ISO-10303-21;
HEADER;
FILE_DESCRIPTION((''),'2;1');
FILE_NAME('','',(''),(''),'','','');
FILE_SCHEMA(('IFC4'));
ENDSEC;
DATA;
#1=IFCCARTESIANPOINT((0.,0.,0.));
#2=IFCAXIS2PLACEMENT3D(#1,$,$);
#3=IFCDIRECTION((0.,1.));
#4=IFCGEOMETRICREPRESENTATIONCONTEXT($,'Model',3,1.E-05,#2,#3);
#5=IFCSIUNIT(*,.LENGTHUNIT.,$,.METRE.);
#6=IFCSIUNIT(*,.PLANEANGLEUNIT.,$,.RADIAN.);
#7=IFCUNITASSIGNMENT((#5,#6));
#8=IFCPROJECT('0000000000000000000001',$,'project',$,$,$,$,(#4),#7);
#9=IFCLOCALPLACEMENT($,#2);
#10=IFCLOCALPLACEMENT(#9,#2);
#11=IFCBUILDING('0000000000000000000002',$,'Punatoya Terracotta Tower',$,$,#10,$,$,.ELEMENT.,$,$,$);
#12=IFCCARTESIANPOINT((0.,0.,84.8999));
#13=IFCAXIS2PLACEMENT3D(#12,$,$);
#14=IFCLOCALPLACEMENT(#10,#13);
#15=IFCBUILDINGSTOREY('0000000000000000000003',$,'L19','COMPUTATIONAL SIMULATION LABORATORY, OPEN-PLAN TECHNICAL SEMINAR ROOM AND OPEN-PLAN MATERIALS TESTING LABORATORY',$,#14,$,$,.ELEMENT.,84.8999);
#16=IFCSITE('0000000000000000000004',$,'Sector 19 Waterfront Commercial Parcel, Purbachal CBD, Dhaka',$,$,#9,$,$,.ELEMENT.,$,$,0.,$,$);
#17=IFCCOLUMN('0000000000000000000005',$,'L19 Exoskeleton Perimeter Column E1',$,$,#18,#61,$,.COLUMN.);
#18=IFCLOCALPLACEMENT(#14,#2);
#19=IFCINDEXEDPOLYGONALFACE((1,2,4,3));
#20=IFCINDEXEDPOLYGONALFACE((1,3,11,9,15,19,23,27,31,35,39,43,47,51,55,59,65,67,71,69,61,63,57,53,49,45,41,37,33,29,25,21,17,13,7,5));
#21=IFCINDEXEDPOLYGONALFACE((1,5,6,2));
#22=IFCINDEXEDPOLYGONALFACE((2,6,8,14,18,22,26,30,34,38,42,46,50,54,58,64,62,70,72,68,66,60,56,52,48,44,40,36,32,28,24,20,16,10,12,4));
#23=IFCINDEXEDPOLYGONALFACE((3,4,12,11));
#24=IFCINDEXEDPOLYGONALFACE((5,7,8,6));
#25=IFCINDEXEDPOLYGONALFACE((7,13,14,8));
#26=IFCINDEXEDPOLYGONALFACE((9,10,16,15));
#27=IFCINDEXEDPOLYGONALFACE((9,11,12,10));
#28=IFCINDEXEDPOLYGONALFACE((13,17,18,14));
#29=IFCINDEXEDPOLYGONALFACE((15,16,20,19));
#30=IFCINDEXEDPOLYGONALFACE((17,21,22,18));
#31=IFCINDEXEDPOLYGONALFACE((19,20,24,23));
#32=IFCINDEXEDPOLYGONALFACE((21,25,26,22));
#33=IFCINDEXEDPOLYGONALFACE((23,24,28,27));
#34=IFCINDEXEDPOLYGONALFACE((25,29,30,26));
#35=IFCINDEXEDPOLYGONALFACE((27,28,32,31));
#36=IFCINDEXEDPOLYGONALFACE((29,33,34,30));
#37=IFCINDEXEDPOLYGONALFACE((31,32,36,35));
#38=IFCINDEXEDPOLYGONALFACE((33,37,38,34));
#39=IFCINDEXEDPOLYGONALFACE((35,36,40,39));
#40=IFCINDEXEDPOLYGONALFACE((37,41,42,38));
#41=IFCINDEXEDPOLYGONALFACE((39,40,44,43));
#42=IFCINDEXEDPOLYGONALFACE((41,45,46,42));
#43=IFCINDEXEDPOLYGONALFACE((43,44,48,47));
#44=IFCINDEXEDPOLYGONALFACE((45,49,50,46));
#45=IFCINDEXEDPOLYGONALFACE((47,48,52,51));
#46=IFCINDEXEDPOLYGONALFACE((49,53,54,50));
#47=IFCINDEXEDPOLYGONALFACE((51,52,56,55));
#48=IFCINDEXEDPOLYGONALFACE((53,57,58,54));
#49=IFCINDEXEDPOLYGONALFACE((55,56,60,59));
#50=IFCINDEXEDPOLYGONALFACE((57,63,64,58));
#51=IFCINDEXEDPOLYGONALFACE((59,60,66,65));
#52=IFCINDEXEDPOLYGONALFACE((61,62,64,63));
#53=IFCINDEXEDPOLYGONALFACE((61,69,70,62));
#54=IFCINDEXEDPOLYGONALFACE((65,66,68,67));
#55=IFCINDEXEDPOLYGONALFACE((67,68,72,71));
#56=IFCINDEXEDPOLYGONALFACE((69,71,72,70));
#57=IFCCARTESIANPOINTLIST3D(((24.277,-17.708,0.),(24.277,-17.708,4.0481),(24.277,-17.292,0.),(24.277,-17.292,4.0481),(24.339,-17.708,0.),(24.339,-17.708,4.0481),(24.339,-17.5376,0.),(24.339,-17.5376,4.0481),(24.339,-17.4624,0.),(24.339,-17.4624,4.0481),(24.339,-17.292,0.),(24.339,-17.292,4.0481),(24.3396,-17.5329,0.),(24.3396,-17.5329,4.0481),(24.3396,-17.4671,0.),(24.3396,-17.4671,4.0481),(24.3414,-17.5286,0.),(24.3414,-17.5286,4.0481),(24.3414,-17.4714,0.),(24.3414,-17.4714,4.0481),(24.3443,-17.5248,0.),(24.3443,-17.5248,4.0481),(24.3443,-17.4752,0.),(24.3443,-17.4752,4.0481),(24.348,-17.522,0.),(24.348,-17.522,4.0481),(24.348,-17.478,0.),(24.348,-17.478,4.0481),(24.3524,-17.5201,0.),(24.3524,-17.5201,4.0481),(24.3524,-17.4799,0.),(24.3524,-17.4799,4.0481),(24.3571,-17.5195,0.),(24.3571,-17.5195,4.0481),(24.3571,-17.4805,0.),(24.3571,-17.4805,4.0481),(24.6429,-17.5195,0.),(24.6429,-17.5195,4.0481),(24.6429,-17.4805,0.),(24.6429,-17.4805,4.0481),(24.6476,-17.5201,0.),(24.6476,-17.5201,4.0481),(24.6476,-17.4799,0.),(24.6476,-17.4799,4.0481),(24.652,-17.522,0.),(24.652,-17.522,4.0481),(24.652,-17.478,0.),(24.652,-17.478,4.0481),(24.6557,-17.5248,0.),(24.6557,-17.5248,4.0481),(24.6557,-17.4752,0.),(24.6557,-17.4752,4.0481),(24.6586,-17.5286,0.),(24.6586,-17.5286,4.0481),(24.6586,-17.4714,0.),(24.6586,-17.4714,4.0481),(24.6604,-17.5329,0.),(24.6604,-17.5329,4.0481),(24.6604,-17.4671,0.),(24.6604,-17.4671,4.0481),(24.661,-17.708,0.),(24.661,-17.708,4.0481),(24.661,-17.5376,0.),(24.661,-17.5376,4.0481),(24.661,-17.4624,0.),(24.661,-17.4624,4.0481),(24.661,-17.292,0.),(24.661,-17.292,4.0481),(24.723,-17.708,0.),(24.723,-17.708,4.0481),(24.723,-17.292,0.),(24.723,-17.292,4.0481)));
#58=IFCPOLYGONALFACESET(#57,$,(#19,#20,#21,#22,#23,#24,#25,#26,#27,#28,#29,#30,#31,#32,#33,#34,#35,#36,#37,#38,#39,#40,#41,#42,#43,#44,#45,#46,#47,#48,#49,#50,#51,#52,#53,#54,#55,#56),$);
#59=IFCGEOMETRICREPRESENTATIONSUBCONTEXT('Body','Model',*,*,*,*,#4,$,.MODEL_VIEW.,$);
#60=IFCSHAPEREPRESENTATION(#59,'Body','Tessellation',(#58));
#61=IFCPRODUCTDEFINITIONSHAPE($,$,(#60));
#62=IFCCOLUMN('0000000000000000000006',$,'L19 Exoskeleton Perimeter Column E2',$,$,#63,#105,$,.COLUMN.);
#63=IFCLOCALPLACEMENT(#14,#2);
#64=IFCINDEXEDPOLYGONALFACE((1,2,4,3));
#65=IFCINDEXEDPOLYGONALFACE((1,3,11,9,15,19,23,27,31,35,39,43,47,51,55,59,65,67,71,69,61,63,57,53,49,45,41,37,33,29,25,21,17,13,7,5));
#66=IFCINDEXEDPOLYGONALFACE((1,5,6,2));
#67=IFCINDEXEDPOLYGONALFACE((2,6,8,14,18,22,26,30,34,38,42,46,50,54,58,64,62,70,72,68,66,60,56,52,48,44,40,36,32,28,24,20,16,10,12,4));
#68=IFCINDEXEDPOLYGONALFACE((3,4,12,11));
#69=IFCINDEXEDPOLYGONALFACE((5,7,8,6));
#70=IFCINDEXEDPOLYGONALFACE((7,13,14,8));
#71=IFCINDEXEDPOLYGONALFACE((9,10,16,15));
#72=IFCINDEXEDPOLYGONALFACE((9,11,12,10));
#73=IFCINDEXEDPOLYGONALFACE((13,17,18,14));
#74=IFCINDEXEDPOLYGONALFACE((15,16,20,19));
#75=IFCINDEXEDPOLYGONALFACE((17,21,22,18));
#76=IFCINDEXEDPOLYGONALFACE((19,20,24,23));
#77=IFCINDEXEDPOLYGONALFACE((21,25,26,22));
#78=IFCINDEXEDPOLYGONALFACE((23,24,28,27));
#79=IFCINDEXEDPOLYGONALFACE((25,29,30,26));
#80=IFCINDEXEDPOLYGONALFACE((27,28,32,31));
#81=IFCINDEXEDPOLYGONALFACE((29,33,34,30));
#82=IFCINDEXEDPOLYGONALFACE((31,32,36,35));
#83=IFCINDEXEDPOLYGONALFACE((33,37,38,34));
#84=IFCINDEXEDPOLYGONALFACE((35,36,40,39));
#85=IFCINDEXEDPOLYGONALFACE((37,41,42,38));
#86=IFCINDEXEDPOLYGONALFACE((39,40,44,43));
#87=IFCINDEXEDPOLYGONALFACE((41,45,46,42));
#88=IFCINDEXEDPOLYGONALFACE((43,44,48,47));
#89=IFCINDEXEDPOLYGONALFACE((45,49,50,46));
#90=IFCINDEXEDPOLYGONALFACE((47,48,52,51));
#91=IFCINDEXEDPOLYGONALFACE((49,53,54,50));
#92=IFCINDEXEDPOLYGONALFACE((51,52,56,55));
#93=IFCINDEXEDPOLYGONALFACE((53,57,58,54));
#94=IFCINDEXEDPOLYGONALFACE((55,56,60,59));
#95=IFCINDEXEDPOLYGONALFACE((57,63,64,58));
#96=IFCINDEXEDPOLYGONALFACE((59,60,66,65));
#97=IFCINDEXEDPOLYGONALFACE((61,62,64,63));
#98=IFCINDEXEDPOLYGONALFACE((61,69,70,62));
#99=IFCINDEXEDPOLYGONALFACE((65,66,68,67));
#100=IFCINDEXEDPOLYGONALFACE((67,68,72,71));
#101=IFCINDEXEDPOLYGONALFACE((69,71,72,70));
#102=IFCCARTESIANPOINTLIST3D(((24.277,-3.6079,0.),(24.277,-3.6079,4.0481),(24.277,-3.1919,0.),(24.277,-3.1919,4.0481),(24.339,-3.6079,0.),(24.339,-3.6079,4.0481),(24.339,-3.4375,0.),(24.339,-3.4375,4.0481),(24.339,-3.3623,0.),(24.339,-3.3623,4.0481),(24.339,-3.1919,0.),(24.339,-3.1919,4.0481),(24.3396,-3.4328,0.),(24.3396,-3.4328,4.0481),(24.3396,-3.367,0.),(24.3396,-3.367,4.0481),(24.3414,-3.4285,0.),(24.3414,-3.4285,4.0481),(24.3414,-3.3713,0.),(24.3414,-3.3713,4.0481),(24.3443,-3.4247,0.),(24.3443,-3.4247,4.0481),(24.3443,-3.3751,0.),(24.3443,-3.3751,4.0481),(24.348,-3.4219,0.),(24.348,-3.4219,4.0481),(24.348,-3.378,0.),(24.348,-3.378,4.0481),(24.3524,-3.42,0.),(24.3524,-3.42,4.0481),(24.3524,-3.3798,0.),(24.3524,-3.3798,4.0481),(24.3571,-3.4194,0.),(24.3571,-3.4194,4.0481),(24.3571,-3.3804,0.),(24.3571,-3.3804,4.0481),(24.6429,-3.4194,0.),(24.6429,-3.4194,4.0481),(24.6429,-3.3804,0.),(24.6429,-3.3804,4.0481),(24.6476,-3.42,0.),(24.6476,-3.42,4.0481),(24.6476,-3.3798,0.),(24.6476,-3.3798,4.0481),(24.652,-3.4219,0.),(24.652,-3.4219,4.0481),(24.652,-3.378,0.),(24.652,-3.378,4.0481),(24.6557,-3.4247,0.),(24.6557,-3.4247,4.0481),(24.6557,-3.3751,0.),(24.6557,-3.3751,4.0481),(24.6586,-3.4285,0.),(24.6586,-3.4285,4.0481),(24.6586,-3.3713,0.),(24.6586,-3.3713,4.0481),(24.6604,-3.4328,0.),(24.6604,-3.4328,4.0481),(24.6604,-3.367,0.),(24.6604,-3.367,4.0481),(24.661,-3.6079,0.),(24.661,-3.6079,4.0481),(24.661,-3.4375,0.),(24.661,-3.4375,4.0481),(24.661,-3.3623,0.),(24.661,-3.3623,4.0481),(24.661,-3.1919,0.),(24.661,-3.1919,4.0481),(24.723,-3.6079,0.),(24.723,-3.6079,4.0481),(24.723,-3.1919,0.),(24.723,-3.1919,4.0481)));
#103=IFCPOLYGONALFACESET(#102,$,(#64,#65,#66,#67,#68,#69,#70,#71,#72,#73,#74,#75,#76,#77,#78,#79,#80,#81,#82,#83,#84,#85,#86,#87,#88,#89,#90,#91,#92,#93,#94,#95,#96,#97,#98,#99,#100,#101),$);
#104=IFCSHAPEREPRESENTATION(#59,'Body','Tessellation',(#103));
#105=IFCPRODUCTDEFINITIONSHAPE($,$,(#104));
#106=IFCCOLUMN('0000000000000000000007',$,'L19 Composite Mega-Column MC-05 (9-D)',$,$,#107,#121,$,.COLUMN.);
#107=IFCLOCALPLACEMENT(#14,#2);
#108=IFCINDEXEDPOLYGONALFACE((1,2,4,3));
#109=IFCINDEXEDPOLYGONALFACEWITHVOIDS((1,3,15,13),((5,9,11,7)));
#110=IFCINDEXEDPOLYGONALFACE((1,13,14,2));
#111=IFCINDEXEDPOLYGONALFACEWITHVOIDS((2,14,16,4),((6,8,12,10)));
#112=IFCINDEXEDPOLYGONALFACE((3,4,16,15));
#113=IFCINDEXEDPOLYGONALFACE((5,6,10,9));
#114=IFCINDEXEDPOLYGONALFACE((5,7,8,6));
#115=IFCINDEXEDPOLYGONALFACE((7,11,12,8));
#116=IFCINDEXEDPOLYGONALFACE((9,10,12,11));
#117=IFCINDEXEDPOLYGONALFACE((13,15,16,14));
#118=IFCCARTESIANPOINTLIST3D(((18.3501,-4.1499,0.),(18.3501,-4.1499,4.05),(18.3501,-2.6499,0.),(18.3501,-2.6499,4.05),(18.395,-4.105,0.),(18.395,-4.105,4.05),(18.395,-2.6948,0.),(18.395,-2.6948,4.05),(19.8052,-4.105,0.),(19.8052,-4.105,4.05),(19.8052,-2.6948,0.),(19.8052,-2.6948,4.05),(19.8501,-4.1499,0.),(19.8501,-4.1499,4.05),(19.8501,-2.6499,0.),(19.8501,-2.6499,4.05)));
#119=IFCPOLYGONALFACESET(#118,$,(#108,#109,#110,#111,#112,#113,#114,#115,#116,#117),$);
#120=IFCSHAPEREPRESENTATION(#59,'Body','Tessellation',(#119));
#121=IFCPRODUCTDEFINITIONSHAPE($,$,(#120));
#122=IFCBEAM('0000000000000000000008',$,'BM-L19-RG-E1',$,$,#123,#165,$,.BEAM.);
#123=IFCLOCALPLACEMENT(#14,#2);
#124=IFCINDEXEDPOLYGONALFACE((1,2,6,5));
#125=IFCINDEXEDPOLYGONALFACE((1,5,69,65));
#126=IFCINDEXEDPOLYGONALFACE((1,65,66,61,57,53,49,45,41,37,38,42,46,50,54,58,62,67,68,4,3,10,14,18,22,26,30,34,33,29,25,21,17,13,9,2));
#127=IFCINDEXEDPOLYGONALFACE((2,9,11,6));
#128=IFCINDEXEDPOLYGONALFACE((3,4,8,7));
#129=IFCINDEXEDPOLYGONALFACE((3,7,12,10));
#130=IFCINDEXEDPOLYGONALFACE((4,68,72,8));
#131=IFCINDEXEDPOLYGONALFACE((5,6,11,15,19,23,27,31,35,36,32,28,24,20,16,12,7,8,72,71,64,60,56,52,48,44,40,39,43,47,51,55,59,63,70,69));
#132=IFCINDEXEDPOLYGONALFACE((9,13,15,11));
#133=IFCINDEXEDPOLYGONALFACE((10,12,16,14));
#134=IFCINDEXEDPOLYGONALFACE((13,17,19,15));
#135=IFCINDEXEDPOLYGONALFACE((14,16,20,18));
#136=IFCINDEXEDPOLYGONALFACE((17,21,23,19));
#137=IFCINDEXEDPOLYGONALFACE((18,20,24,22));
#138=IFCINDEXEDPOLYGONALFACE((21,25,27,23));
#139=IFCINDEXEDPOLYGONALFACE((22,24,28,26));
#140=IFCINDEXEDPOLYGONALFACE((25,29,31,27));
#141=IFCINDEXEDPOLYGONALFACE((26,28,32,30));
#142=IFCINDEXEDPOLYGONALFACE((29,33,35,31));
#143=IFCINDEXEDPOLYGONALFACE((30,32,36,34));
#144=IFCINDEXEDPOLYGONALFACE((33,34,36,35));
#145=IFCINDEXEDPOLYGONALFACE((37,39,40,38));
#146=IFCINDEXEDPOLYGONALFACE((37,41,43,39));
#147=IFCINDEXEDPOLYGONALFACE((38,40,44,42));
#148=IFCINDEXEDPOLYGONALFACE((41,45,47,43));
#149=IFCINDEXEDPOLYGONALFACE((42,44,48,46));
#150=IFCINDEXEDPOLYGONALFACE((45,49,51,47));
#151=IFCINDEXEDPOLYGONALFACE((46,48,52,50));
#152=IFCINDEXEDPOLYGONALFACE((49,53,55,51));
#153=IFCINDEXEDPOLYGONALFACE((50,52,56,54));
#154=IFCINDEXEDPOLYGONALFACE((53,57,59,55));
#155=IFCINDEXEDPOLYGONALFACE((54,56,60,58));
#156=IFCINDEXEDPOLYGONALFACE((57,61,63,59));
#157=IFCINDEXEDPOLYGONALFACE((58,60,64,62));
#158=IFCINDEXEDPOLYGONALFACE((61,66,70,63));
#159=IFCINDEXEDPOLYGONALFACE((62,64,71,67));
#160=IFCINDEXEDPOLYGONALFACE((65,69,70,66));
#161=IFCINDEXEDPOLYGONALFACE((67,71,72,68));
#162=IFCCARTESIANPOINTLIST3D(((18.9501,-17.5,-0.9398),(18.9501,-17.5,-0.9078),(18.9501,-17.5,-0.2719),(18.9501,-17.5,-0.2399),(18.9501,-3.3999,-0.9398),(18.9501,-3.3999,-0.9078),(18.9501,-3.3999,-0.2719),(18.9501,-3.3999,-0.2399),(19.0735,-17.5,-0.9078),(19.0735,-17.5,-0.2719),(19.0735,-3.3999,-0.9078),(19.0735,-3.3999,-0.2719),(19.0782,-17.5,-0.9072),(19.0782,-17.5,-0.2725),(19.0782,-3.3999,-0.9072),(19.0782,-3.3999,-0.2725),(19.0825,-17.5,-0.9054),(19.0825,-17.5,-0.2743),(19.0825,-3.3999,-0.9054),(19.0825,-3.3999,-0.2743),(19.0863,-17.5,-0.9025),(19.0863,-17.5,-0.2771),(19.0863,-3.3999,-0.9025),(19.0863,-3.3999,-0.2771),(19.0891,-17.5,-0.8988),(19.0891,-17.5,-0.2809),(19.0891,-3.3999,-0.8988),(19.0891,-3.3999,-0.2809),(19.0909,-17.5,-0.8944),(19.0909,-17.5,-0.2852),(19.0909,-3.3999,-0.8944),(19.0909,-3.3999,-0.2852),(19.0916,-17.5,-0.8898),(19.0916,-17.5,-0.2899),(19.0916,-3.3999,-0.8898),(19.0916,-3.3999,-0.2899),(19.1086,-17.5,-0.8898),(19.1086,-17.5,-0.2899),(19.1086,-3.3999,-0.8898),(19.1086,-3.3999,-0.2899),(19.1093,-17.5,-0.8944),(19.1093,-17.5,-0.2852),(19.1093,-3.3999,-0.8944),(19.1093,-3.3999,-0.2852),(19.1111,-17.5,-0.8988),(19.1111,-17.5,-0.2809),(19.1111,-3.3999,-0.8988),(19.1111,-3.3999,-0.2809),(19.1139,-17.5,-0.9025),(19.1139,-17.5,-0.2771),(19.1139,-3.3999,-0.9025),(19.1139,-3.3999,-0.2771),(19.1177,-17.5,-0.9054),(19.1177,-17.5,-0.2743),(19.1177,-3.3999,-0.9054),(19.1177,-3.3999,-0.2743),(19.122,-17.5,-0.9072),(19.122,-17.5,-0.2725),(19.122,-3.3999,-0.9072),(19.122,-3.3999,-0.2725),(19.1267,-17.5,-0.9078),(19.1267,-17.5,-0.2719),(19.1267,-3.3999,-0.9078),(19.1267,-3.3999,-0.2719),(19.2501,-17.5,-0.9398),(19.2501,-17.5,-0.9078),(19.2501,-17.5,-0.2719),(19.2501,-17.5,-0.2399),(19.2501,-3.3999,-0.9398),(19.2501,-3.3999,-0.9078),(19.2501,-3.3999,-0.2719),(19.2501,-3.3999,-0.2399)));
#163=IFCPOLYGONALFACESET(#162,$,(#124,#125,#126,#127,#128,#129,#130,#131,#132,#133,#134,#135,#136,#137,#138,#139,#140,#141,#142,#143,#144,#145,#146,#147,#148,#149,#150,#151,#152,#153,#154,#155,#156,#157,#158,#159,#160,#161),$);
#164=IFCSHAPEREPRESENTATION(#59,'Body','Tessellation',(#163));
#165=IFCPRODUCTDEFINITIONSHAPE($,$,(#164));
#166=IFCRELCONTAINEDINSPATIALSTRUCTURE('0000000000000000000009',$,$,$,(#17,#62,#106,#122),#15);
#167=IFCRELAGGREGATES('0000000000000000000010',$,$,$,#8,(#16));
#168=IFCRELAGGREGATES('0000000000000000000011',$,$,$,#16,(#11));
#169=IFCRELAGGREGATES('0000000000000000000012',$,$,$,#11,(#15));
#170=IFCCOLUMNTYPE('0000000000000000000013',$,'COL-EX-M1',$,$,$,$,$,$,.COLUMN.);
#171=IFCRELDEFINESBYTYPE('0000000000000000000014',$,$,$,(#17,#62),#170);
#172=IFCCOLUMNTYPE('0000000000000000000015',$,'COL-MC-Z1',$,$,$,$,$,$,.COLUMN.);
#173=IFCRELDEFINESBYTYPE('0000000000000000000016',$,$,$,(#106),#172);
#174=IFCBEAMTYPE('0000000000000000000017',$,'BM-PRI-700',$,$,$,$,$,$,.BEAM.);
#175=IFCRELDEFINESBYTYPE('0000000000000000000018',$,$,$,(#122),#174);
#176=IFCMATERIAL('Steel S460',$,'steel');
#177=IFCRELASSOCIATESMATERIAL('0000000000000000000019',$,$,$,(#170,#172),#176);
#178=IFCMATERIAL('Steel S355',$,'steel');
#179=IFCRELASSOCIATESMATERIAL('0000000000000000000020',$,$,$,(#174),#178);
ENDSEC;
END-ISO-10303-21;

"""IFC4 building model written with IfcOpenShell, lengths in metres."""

from ifc_helpers import new_model, si_unit, direction, frame, origin, origin_2d, place, context, subcontext, project, spatial, hollow_rectangle, i_section, extrude, material, material_profile, profile_set, type_object, element, save


model = new_model("IFC4")

# Units and contexts
model_context = context("Model", 3, precision=1e-05, world=origin(), true_north=direction((0.0, 1.0)))
body_context = subcontext(model_context, "Body", "Model", "MODEL_VIEW")
ifc_project = project(units=[si_unit("LENGTHUNIT", "METRE"), si_unit("PLANEANGLEUNIT", "RADIAN")], contexts=[model_context])

# Site, building, storey
site_placement = place(None, origin())
site = spatial("IfcSite", under=ifc_project, at=site_placement, Name="Sector 19 Waterfront Commercial Parcel, Purbachal CBD, Dhaka", CompositionType="ELEMENT", RefElevation=0.0)
building_placement = place(site_placement, origin())
building = spatial("IfcBuilding", under=site, at=building_placement, Name="Punatoya Terracotta Tower", CompositionType="ELEMENT")
storey_placement = place(building_placement, frame((0.0, 0.0, 84.8999)))
storey = spatial("IfcBuildingStorey", under=building, at=storey_placement, Name="L19", Description="COMPUTATIONAL SIMULATION LABORATORY, OPEN-PLAN TECHNICAL SEMINAR ROOM AND OPEN-PLAN MATERIALS TESTING LABORATORY", CompositionType="ELEMENT", Elevation=84.8999)

# Columns
ifc_material_1 = material(Name="Steel S460", Category="steel")
ifc_material_profile_1 = material_profile(ifc_material_1, i_section(OverallWidth=0.416, OverallDepth=0.446, WebThickness=0.0391, FlangeThickness=0.062, FilletRadius=0.0181, at=origin_2d()))
ifc_profile_set_1 = profile_set([ifc_material_profile_1], Name="Steel S460")
column_type_1 = type_object("IfcColumnType", Name="COL-EX-M1", PredefinedType="COLUMN", material=ifc_profile_set_1)
for number, where, z_axis, x_axis, name in (
    (1, (24.5, -17.5, 0.0), (0.0, 0.0, 1.0), (0.0, 1.0, 0.0), "L19 Exoskeleton Perimeter Column E1"),
    (2, (24.5, -3.3999, 0.0), (0.0, 0.0, 1.0), (0.0, 1.0, 0.0), "L19 Exoskeleton Perimeter Column E2"),
):
    element("IfcColumn", number, at=place(storey_placement, frame(where, z_axis=z_axis, x_axis=x_axis)), inside=storey, type_object=column_type_1, Name=name, PredefinedType="COLUMN", context=body_context, shape_type="SweptSolid", body=[
        extrude(i_section(OverallWidth=0.416, OverallDepth=0.446, WebThickness=0.0391, FlangeThickness=0.062, FilletRadius=0.0181, at=origin_2d()), origin(), (0.0, 0.0, 1.0), 4.0481),
    ])
ifc_material_profile_2 = material_profile(ifc_material_1, hollow_rectangle(XDim=1.5, YDim=1.5, WallThickness=0.0449, at=origin_2d()))
ifc_profile_set_2 = profile_set([ifc_material_profile_2], Name="Steel S460")
column_type_2 = type_object("IfcColumnType", Name="COL-MC-Z1", PredefinedType="COLUMN", material=ifc_profile_set_2)
column_placement = place(storey_placement, frame((19.1001, -3.3999, 0.0), z_axis=(0.0, 0.0, 1.0), x_axis=(1.0, 0.0, 0.0)))
element("IfcColumn", 3, at=column_placement, inside=storey, type_object=column_type_2, Name="L19 Composite Mega-Column MC-05 (9-D)", PredefinedType="COLUMN", context=body_context, shape_type="SweptSolid", body=[
    extrude(hollow_rectangle(XDim=1.5, YDim=1.5, WallThickness=0.0449, at=origin_2d()), origin(), (0.0, 0.0, 1.0), 4.05),
])

# Beam
ifc_material_2 = material(Name="Steel S355", Category="steel")
ifc_material_profile_3 = material_profile(ifc_material_2, i_section(OverallWidth=0.3, OverallDepth=0.7, WebThickness=0.0171, FlangeThickness=0.032, FilletRadius=0.0181, at=origin_2d()))
ifc_profile_set_3 = profile_set([ifc_material_profile_3], Name="Steel S355")
beam_type_1 = type_object("IfcBeamType", Name="BM-PRI-700", PredefinedType="BEAM", material=ifc_profile_set_3)
beam_1_placement = place(storey_placement, frame((19.1001, -17.5, -0.5898), z_axis=(0.0, 1.0, 0.0), x_axis=(-1.0, 0.0, 0.0)))
element("IfcBeam", 4, at=beam_1_placement, inside=storey, type_object=beam_type_1, Name="BM-L19-RG-E1", PredefinedType="BEAM", context=body_context, shape_type="SweptSolid", body=[
    extrude(i_section(OverallWidth=0.3, OverallDepth=0.7, WebThickness=0.0171, FlangeThickness=0.032, FilletRadius=0.0181, at=origin_2d()), origin(), (0.0, 0.0, 1.0), 14.1001),
])

save(model, "model.ifc")
